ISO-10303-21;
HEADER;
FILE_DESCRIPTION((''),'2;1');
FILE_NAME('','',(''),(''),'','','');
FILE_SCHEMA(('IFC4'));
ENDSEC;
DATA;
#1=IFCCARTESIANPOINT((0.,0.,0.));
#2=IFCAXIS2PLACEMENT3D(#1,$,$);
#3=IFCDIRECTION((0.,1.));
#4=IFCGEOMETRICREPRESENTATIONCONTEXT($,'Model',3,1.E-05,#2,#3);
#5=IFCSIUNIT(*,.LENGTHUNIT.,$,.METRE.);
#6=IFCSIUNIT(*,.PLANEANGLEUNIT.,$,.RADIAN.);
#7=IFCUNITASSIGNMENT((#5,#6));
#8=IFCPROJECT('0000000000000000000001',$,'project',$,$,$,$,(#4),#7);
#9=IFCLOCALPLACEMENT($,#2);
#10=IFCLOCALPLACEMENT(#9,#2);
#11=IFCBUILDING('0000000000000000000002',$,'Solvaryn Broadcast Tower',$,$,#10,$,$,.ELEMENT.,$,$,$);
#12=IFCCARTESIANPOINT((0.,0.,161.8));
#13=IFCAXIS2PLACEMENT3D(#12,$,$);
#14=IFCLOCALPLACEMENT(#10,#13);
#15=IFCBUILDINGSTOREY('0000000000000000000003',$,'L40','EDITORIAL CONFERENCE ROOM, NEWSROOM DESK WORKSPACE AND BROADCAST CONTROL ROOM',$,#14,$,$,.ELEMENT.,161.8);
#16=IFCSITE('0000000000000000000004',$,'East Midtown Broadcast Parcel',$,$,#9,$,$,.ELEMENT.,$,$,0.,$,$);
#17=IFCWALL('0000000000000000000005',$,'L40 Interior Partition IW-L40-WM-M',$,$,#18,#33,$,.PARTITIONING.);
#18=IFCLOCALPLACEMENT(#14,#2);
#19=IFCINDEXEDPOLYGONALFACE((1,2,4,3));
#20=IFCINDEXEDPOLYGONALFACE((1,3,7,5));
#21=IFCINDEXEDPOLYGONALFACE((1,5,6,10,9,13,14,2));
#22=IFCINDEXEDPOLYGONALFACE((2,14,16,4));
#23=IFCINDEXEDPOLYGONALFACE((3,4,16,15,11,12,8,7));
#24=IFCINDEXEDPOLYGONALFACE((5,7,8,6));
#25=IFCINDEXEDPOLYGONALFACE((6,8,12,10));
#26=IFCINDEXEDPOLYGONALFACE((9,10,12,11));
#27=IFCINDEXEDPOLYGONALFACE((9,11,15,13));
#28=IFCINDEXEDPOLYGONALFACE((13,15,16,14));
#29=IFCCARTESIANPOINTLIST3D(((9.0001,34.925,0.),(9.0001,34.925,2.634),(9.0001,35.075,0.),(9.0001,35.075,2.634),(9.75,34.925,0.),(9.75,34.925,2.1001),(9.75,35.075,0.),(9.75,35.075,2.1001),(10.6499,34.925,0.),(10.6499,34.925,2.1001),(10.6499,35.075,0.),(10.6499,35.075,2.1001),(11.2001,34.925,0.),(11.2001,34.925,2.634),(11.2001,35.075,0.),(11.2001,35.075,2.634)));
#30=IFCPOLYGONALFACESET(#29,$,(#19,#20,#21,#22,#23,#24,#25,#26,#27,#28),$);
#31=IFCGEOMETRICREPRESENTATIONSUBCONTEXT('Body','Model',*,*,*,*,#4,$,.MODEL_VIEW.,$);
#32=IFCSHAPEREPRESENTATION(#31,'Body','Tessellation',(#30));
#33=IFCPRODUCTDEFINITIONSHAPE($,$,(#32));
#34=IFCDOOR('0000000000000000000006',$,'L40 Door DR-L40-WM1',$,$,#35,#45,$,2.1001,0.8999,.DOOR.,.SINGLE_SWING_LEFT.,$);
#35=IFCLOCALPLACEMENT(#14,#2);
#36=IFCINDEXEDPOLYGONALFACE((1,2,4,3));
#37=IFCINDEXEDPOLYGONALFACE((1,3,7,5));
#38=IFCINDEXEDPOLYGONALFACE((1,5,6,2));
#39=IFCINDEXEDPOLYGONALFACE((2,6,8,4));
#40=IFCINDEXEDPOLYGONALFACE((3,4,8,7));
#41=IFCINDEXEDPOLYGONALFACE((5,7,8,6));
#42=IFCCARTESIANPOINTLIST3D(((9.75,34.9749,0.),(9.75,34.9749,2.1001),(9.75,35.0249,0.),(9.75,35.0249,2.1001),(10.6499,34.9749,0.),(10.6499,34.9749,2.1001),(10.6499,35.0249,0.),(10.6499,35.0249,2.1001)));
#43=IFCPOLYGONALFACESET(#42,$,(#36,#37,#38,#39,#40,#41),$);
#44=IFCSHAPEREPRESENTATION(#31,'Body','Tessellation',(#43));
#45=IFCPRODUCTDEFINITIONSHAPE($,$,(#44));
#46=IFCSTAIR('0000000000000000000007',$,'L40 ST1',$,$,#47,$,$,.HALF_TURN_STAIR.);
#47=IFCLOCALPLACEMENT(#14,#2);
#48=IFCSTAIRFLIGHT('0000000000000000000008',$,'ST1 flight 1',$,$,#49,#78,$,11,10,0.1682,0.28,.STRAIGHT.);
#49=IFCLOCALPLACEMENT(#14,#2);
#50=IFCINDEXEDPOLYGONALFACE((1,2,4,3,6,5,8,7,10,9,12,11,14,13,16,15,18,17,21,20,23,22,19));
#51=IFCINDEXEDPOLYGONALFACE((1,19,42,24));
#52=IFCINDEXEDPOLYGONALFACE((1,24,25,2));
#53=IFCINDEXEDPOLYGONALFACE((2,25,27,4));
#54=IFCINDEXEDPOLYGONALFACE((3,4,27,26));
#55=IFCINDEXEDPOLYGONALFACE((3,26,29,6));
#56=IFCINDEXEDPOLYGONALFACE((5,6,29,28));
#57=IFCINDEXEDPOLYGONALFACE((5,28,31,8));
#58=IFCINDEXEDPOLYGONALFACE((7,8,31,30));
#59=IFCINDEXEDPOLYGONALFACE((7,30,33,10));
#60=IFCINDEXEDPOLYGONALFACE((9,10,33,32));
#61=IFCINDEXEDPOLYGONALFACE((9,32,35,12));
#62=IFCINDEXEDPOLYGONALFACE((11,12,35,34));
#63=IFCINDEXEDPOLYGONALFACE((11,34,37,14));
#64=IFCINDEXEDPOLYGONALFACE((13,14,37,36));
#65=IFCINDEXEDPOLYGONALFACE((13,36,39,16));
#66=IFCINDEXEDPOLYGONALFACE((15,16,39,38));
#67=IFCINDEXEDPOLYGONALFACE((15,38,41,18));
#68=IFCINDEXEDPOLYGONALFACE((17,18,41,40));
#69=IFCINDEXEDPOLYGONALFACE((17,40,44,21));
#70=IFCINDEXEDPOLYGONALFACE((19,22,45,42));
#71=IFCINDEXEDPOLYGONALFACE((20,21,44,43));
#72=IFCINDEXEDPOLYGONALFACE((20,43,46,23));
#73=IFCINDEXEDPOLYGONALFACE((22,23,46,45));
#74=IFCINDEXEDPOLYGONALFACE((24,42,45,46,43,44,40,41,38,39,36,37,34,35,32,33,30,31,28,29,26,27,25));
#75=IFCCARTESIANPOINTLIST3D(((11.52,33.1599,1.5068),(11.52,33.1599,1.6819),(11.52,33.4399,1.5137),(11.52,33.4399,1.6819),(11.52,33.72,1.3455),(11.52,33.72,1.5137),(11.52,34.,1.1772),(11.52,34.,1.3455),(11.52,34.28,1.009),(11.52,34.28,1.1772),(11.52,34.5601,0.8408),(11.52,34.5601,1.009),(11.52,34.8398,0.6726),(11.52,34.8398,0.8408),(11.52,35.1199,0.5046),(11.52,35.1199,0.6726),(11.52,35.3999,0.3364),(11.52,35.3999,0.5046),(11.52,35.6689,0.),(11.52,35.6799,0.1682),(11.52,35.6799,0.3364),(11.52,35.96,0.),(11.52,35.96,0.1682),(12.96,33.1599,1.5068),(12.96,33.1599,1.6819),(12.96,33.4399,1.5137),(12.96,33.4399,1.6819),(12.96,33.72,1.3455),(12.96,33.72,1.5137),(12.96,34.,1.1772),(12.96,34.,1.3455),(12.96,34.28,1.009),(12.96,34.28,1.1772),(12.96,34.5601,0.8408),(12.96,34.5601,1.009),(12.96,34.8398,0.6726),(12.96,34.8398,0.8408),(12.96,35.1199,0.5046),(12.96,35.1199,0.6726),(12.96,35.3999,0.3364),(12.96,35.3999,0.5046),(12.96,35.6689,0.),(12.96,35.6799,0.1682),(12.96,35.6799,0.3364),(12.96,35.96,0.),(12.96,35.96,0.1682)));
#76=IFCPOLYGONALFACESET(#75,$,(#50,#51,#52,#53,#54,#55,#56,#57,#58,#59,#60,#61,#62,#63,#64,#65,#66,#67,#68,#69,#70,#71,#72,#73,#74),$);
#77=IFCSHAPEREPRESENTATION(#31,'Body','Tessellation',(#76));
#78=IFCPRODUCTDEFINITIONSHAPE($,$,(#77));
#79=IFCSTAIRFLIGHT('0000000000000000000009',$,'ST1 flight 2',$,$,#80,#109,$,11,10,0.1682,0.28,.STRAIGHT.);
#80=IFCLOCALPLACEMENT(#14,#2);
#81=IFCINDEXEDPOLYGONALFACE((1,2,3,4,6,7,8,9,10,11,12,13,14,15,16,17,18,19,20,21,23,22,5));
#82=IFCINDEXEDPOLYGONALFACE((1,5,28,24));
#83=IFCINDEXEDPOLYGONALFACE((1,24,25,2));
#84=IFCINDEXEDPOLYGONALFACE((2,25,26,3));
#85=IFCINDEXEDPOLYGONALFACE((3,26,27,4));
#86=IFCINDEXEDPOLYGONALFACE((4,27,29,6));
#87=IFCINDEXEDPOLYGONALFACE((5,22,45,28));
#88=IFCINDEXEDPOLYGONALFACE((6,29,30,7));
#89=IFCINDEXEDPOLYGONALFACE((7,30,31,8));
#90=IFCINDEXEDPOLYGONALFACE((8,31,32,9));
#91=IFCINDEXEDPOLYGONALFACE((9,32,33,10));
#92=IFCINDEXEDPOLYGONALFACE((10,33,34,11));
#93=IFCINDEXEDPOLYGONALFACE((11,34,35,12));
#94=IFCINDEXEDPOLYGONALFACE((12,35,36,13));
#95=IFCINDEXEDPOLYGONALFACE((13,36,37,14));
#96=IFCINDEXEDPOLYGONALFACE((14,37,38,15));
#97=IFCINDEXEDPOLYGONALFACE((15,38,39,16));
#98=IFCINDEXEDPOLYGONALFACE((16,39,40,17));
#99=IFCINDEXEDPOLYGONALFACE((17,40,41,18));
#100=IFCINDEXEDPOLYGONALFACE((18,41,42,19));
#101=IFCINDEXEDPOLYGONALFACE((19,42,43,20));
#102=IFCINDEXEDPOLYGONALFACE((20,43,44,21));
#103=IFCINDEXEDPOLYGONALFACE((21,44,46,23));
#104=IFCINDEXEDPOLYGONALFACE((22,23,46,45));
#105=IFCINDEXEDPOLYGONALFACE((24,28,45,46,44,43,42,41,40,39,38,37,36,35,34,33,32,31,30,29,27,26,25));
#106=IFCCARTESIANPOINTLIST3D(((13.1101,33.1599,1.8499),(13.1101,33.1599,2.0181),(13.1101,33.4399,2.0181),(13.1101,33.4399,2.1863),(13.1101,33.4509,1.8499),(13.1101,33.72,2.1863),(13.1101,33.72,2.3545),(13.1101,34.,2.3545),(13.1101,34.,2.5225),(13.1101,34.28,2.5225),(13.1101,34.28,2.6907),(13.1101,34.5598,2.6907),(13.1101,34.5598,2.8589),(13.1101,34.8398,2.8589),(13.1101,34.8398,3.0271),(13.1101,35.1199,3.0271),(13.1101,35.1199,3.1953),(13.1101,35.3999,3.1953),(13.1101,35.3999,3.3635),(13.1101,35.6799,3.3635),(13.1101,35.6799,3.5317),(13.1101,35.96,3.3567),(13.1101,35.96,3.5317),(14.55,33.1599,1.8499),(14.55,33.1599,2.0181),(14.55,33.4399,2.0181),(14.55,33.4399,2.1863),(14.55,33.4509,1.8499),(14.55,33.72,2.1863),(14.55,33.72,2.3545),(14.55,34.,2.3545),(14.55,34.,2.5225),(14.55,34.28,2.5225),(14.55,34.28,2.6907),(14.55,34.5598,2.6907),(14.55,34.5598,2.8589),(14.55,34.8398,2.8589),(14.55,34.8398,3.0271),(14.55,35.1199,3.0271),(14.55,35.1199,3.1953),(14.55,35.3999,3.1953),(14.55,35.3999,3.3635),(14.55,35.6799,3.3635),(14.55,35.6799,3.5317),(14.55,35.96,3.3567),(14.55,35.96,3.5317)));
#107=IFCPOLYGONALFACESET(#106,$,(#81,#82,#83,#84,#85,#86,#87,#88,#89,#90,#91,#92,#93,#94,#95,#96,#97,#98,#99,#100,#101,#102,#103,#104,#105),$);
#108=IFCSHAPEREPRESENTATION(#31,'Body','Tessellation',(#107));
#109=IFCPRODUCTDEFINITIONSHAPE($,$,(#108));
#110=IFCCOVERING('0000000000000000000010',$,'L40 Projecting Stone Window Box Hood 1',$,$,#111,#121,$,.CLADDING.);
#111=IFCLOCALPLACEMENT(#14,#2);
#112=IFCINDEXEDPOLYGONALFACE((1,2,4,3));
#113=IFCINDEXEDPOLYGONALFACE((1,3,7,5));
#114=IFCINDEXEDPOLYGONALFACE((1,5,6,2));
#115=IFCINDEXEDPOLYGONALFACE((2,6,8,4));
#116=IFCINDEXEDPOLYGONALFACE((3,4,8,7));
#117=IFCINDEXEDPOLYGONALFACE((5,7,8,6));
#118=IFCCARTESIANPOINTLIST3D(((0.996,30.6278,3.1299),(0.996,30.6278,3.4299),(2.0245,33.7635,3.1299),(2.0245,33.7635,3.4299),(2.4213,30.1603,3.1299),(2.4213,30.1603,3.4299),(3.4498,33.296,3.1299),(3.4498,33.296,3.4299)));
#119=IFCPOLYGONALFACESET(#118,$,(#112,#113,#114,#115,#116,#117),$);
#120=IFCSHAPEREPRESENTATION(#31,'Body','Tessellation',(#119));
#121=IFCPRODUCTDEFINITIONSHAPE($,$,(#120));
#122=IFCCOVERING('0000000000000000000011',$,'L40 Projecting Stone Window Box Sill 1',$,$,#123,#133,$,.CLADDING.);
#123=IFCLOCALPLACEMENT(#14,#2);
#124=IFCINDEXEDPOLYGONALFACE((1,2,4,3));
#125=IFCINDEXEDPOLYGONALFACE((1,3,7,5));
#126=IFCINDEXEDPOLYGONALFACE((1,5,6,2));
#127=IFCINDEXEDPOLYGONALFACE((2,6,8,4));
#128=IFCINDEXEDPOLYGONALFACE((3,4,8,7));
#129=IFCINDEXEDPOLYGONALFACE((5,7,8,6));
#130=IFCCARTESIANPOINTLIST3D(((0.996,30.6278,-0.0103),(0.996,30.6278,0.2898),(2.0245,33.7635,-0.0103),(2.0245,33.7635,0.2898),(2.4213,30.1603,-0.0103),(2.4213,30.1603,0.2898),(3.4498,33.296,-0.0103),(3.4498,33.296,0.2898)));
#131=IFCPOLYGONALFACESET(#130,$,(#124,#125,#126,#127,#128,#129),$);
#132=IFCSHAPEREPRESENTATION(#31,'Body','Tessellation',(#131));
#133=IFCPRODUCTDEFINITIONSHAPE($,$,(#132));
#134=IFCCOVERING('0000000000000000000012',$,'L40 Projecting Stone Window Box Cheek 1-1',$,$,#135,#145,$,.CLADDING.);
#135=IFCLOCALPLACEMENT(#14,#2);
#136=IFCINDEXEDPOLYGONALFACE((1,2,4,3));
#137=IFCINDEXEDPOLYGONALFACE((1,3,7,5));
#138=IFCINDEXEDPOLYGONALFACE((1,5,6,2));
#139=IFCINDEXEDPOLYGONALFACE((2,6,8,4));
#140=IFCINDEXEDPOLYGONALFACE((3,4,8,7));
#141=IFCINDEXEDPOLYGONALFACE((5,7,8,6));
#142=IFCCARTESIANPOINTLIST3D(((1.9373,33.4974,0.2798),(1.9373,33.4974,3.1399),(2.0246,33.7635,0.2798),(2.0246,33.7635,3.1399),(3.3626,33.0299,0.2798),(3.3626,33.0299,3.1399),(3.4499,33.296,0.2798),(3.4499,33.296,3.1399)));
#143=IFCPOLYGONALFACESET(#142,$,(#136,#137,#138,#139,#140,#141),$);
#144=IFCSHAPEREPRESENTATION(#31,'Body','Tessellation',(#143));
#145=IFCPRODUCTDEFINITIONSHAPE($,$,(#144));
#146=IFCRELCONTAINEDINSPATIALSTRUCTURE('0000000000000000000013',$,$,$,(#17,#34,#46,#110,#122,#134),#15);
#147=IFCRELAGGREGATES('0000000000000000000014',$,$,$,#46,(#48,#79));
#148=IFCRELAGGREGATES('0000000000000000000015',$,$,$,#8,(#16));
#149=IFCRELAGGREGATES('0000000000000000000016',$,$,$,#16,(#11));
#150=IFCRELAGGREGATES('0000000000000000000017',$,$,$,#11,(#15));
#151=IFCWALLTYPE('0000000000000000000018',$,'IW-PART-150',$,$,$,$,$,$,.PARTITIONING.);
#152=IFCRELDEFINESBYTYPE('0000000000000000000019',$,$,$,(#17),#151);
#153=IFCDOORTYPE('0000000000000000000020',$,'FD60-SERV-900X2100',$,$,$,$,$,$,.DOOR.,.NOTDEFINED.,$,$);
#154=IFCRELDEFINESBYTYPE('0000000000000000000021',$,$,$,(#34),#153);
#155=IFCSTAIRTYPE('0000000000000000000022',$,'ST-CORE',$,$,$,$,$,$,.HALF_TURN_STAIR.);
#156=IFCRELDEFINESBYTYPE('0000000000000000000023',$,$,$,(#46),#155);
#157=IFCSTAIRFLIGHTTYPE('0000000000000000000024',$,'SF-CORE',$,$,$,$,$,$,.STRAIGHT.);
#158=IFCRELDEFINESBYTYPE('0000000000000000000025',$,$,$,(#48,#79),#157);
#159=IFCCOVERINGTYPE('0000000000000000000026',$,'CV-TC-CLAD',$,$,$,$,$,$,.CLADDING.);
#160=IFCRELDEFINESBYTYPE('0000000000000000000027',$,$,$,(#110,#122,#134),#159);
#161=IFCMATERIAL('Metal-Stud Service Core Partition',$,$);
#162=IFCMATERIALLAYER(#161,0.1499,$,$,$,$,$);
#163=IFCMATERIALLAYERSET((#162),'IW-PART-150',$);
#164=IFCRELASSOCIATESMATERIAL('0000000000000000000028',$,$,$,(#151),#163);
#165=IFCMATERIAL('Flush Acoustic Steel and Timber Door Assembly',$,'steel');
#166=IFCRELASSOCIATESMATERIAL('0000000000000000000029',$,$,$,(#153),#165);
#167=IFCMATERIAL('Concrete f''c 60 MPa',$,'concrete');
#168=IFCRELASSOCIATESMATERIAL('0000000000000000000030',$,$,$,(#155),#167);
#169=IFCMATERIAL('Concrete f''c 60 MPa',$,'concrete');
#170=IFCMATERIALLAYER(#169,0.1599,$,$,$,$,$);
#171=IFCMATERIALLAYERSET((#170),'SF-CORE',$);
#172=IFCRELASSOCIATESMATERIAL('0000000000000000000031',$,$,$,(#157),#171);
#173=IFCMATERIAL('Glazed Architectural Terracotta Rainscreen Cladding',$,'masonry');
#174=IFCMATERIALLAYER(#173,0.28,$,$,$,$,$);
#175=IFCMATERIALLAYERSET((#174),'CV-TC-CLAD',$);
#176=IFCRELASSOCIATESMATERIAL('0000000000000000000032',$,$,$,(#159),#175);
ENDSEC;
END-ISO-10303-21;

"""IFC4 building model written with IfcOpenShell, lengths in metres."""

from ifc_helpers import new_model, si_unit, direction, frame, frame_2d, origin, origin_2d, place, context, subcontext, project, spatial, polyline, rectangle, outline, extrude, material, layer, layer_set, type_object, element, fill, aggregate, save


model = new_model("IFC4")

# Units and contexts
model_context = context("Model", 3, precision=1e-05, world=origin(), true_north=direction((0.0, 1.0)))
body_context = subcontext(model_context, "Body", "Model", "MODEL_VIEW")
ifc_project = project(units=[si_unit("LENGTHUNIT", "METRE"), si_unit("PLANEANGLEUNIT", "RADIAN")], contexts=[model_context])

# Site, building, storey
site_placement = place(None, origin())
site = spatial("IfcSite", under=ifc_project, at=site_placement, Name="East Midtown Broadcast Parcel", CompositionType="ELEMENT", RefElevation=0.0)
building_placement = place(site_placement, origin())
building = spatial("IfcBuilding", under=site, at=building_placement, Name="Solvaryn Broadcast Tower", CompositionType="ELEMENT")
storey_placement = place(building_placement, frame((0.0, 0.0, 161.8)))
storey = spatial("IfcBuildingStorey", under=building, at=storey_placement, Name="L40", Description="EDITORIAL CONFERENCE ROOM, NEWSROOM DESK WORKSPACE AND BROADCAST CONTROL ROOM", CompositionType="ELEMENT", Elevation=161.8)

# Wall, opening, door
ifc_material_1 = material(Name="Metal-Stud Service Core Partition")
ifc_layer_1 = layer(ifc_material_1, 0.1499)
ifc_layer_set_1 = layer_set([ifc_layer_1], Name="IW-PART-150")
wall_type = type_object("IfcWallType", Name="IW-PART-150", PredefinedType="PARTITIONING", material=ifc_layer_set_1)
wall_placement = place(storey_placement, frame((9.0, 35.0, 0.0), z_axis=(0.0, 0.0, 1.0), x_axis=(1.0, 0.0, 0.0)))
wall = element("IfcWall", 1, at=wall_placement, inside=storey, type_object=wall_type, Name="L40 Interior Partition IW-L40-WM-M", PredefinedType="PARTITIONING", context=body_context, shape_type="SweptSolid", body=[
    extrude(rectangle(XDim=2.2, YDim=0.1499, at=frame_2d((1.1001, 0.0))), origin(), (0.0, 0.0, 1.0), 2.634),
])
opening_placement = place(wall_placement, frame((0.75, 0.0, 0.0)))
opening = element("IfcOpeningElement", 2, at=opening_placement, cuts=wall, PredefinedType="OPENING", context=body_context, shape_type="SweptSolid", body=[
    extrude(rectangle(XDim=0.8999, YDim=2.1001, at=frame_2d((0.45, 1.05))), frame((0.0, 0.085, 0.0), z_axis=(0.0, -1.0, 0.0), x_axis=(1.0, 0.0, 0.0)), (0.0, 0.0, 1.0), 0.1699),
])
ifc_material_2 = material(Name="Flush Acoustic Steel and Timber Door Assembly", Category="steel")
door_type = type_object("IfcDoorType", Name="FD60-SERV-900X2100", OperationType="NOTDEFINED", PredefinedType="DOOR", material=ifc_material_2)
door_placement = place(opening_placement, origin())
door = element("IfcDoor", 3, at=door_placement, inside=storey, type_object=door_type, Name="L40 Door DR-L40-WM1", OperationType="SINGLE_SWING_LEFT", OverallHeight=2.1001, OverallWidth=0.8999, PredefinedType="DOOR", context=body_context, shape_type="SweptSolid", body=[
    extrude(rectangle(XDim=0.8999, YDim=2.1001, at=frame_2d((0.45, 1.05))), frame((0.0, 0.0249, 0.0), z_axis=(0.0, -1.0, 0.0), x_axis=(1.0, 0.0, 0.0)), (0.0, 0.0, 1.0), 0.05),
])
fill(opening, door)

# Stair, stair flights
ifc_material_3 = material(Name="Concrete f'c 60 MPa", Category="concrete")
stair_type = type_object("IfcStairType", Name="ST-CORE", PredefinedType="HALF_TURN_STAIR", material=ifc_material_3)
stair_placement = place(storey_placement, origin())
stair = element("IfcStair", 4, at=stair_placement, inside=storey, type_object=stair_type, Name="L40 ST1", PredefinedType="HALF_TURN_STAIR")
ifc_material_4 = material(Name="Concrete f'c 60 MPa", Category="concrete")
ifc_layer_2 = layer(ifc_material_4, 0.1599)
ifc_layer_set_2 = layer_set([ifc_layer_2], Name="SF-CORE")
stair_flight_type = type_object("IfcStairFlightType", Name="SF-CORE", PredefinedType="STRAIGHT", material=ifc_layer_set_2)
stair_flight_1_placement = place(storey_placement, frame((12.24, 35.96, 0.0), z_axis=(0.0, 0.0, 1.0), x_axis=(0.0, -1.0, 0.0)))
stair_flight_1 = element("IfcStairFlight", 5, at=stair_flight_1_placement, type_object=stair_flight_type, Name="ST1 flight 1", NumberOfRisers=11, NumberOfTreads=10, PredefinedType="STRAIGHT", RiserHeight=0.1682, TreadLength=0.28, context=body_context, shape_type="SweptSolid", body=[
    extrude(outline(polyline([(0.0, 0.0), (0.0, 0.1682), (0.28, 0.1682), (0.28, 0.3364), (0.5601, 0.3364), (0.5601, 0.5046), (0.8401, 0.5046), (0.8401, 0.6726), (1.1201, 0.6726), (1.1201, 0.8408), (1.3999, 0.8408), (1.3999, 1.009), (1.6799, 1.009), (1.6799, 1.1772), (1.96, 1.1772), (1.96, 1.3455), (2.24, 1.3455), (2.24, 1.5137), (2.52, 1.5137), (2.52, 1.6819), (2.8, 1.6819), (2.8, 1.8501), (2.8, 1.5068), (0.291, 0.0), (0.0, 0.0)])), frame((0.0, 0.72, 0.0), z_axis=(0.0, -1.0, 0.0), x_axis=(1.0, 0.0, 0.0)), (0.0, 0.0, 1.0), 1.4399),
])
stair_flight_2_placement = place(storey_placement, frame((13.8301, 33.1599, 1.8499), z_axis=(0.0, 0.0, 1.0), x_axis=(0.0, 1.0, 0.0)))
stair_flight_2 = element("IfcStairFlight", 6, at=stair_flight_2_placement, type_object=stair_flight_type, Name="ST1 flight 2", NumberOfRisers=11, NumberOfTreads=10, PredefinedType="STRAIGHT", RiserHeight=0.1682, TreadLength=0.28, context=body_context, shape_type="SweptSolid", body=[
    extrude(outline(polyline([(0.0, 0.0), (0.0, 0.1682), (0.28, 0.1682), (0.28, 0.3364), (0.5601, 0.3364), (0.5601, 0.5046), (0.8401, 0.5046), (0.8401, 0.6726), (1.1201, 0.6726), (1.1201, 0.8408), (1.3999, 0.8408), (1.3999, 1.009), (1.6799, 1.009), (1.6799, 1.1772), (1.96, 1.1772), (1.96, 1.3455), (2.24, 1.3455), (2.24, 1.5137), (2.52, 1.5137), (2.52, 1.6819), (2.8, 1.6819), (2.8, 1.8501), (2.8, 1.5068), (0.291, 0.0), (0.0, 0.0)])), frame((0.0, 0.72, 0.0), z_axis=(0.0, -1.0, 0.0), x_axis=(1.0, 0.0, 0.0)), (0.0, 0.0, 1.0), 1.4399),
])
aggregate(stair, [stair_flight_1, stair_flight_2])

# Coverings
ifc_material_5 = material(Name="Glazed Architectural Terracotta Rainscreen Cladding", Category="masonry")
ifc_layer_3 = layer(ifc_material_5, 0.28)
ifc_layer_set_3 = layer_set([ifc_layer_3], Name="CV-TC-CLAD")
covering_type = type_object("IfcCoveringType", Name="CV-TC-CLAD", PredefinedType="CLADDING", material=ifc_layer_set_3)
for number, where, z_axis, x_axis, name in (
    (7, (2.2229, 31.9619, 3.1299), (0.0, 0.0, 1.0), (-0.311672, -0.95019, 0.0), "L40 Projecting Stone Window Box Hood 1"),
    (8, (2.2229, 31.9619, -0.0103), (0.0, 0.0, 1.0), (-0.311672, -0.95019, 0.0), "L40 Projecting Stone Window Box Sill 1"),
):
    element("IfcCovering", number, at=place(storey_placement, frame(where, z_axis=z_axis, x_axis=x_axis)), inside=storey, type_object=covering_type, Name=name, PredefinedType="CLADDING", context=body_context, shape_type="SweptSolid", body=[
        extrude(rectangle(XDim=3.3, YDim=1.5, at=origin_2d()), origin(), (0.0, 0.0, 1.0), 0.3),
    ])
covering_placement = place(storey_placement, frame((2.6936, 33.3967, 0.2798), z_axis=(0.0, 0.0, 1.0), x_axis=(-0.311672, -0.95019, 0.0)))
element("IfcCovering", 9, at=covering_placement, inside=storey, type_object=covering_type, Name="L40 Projecting Stone Window Box Cheek 1-1", PredefinedType="CLADDING", context=body_context, shape_type="SweptSolid", body=[
    extrude(rectangle(XDim=0.28, YDim=1.5, at=origin_2d()), origin(), (0.0, 0.0, 1.0), 2.8601),
])

save(model, "model.ifc")
